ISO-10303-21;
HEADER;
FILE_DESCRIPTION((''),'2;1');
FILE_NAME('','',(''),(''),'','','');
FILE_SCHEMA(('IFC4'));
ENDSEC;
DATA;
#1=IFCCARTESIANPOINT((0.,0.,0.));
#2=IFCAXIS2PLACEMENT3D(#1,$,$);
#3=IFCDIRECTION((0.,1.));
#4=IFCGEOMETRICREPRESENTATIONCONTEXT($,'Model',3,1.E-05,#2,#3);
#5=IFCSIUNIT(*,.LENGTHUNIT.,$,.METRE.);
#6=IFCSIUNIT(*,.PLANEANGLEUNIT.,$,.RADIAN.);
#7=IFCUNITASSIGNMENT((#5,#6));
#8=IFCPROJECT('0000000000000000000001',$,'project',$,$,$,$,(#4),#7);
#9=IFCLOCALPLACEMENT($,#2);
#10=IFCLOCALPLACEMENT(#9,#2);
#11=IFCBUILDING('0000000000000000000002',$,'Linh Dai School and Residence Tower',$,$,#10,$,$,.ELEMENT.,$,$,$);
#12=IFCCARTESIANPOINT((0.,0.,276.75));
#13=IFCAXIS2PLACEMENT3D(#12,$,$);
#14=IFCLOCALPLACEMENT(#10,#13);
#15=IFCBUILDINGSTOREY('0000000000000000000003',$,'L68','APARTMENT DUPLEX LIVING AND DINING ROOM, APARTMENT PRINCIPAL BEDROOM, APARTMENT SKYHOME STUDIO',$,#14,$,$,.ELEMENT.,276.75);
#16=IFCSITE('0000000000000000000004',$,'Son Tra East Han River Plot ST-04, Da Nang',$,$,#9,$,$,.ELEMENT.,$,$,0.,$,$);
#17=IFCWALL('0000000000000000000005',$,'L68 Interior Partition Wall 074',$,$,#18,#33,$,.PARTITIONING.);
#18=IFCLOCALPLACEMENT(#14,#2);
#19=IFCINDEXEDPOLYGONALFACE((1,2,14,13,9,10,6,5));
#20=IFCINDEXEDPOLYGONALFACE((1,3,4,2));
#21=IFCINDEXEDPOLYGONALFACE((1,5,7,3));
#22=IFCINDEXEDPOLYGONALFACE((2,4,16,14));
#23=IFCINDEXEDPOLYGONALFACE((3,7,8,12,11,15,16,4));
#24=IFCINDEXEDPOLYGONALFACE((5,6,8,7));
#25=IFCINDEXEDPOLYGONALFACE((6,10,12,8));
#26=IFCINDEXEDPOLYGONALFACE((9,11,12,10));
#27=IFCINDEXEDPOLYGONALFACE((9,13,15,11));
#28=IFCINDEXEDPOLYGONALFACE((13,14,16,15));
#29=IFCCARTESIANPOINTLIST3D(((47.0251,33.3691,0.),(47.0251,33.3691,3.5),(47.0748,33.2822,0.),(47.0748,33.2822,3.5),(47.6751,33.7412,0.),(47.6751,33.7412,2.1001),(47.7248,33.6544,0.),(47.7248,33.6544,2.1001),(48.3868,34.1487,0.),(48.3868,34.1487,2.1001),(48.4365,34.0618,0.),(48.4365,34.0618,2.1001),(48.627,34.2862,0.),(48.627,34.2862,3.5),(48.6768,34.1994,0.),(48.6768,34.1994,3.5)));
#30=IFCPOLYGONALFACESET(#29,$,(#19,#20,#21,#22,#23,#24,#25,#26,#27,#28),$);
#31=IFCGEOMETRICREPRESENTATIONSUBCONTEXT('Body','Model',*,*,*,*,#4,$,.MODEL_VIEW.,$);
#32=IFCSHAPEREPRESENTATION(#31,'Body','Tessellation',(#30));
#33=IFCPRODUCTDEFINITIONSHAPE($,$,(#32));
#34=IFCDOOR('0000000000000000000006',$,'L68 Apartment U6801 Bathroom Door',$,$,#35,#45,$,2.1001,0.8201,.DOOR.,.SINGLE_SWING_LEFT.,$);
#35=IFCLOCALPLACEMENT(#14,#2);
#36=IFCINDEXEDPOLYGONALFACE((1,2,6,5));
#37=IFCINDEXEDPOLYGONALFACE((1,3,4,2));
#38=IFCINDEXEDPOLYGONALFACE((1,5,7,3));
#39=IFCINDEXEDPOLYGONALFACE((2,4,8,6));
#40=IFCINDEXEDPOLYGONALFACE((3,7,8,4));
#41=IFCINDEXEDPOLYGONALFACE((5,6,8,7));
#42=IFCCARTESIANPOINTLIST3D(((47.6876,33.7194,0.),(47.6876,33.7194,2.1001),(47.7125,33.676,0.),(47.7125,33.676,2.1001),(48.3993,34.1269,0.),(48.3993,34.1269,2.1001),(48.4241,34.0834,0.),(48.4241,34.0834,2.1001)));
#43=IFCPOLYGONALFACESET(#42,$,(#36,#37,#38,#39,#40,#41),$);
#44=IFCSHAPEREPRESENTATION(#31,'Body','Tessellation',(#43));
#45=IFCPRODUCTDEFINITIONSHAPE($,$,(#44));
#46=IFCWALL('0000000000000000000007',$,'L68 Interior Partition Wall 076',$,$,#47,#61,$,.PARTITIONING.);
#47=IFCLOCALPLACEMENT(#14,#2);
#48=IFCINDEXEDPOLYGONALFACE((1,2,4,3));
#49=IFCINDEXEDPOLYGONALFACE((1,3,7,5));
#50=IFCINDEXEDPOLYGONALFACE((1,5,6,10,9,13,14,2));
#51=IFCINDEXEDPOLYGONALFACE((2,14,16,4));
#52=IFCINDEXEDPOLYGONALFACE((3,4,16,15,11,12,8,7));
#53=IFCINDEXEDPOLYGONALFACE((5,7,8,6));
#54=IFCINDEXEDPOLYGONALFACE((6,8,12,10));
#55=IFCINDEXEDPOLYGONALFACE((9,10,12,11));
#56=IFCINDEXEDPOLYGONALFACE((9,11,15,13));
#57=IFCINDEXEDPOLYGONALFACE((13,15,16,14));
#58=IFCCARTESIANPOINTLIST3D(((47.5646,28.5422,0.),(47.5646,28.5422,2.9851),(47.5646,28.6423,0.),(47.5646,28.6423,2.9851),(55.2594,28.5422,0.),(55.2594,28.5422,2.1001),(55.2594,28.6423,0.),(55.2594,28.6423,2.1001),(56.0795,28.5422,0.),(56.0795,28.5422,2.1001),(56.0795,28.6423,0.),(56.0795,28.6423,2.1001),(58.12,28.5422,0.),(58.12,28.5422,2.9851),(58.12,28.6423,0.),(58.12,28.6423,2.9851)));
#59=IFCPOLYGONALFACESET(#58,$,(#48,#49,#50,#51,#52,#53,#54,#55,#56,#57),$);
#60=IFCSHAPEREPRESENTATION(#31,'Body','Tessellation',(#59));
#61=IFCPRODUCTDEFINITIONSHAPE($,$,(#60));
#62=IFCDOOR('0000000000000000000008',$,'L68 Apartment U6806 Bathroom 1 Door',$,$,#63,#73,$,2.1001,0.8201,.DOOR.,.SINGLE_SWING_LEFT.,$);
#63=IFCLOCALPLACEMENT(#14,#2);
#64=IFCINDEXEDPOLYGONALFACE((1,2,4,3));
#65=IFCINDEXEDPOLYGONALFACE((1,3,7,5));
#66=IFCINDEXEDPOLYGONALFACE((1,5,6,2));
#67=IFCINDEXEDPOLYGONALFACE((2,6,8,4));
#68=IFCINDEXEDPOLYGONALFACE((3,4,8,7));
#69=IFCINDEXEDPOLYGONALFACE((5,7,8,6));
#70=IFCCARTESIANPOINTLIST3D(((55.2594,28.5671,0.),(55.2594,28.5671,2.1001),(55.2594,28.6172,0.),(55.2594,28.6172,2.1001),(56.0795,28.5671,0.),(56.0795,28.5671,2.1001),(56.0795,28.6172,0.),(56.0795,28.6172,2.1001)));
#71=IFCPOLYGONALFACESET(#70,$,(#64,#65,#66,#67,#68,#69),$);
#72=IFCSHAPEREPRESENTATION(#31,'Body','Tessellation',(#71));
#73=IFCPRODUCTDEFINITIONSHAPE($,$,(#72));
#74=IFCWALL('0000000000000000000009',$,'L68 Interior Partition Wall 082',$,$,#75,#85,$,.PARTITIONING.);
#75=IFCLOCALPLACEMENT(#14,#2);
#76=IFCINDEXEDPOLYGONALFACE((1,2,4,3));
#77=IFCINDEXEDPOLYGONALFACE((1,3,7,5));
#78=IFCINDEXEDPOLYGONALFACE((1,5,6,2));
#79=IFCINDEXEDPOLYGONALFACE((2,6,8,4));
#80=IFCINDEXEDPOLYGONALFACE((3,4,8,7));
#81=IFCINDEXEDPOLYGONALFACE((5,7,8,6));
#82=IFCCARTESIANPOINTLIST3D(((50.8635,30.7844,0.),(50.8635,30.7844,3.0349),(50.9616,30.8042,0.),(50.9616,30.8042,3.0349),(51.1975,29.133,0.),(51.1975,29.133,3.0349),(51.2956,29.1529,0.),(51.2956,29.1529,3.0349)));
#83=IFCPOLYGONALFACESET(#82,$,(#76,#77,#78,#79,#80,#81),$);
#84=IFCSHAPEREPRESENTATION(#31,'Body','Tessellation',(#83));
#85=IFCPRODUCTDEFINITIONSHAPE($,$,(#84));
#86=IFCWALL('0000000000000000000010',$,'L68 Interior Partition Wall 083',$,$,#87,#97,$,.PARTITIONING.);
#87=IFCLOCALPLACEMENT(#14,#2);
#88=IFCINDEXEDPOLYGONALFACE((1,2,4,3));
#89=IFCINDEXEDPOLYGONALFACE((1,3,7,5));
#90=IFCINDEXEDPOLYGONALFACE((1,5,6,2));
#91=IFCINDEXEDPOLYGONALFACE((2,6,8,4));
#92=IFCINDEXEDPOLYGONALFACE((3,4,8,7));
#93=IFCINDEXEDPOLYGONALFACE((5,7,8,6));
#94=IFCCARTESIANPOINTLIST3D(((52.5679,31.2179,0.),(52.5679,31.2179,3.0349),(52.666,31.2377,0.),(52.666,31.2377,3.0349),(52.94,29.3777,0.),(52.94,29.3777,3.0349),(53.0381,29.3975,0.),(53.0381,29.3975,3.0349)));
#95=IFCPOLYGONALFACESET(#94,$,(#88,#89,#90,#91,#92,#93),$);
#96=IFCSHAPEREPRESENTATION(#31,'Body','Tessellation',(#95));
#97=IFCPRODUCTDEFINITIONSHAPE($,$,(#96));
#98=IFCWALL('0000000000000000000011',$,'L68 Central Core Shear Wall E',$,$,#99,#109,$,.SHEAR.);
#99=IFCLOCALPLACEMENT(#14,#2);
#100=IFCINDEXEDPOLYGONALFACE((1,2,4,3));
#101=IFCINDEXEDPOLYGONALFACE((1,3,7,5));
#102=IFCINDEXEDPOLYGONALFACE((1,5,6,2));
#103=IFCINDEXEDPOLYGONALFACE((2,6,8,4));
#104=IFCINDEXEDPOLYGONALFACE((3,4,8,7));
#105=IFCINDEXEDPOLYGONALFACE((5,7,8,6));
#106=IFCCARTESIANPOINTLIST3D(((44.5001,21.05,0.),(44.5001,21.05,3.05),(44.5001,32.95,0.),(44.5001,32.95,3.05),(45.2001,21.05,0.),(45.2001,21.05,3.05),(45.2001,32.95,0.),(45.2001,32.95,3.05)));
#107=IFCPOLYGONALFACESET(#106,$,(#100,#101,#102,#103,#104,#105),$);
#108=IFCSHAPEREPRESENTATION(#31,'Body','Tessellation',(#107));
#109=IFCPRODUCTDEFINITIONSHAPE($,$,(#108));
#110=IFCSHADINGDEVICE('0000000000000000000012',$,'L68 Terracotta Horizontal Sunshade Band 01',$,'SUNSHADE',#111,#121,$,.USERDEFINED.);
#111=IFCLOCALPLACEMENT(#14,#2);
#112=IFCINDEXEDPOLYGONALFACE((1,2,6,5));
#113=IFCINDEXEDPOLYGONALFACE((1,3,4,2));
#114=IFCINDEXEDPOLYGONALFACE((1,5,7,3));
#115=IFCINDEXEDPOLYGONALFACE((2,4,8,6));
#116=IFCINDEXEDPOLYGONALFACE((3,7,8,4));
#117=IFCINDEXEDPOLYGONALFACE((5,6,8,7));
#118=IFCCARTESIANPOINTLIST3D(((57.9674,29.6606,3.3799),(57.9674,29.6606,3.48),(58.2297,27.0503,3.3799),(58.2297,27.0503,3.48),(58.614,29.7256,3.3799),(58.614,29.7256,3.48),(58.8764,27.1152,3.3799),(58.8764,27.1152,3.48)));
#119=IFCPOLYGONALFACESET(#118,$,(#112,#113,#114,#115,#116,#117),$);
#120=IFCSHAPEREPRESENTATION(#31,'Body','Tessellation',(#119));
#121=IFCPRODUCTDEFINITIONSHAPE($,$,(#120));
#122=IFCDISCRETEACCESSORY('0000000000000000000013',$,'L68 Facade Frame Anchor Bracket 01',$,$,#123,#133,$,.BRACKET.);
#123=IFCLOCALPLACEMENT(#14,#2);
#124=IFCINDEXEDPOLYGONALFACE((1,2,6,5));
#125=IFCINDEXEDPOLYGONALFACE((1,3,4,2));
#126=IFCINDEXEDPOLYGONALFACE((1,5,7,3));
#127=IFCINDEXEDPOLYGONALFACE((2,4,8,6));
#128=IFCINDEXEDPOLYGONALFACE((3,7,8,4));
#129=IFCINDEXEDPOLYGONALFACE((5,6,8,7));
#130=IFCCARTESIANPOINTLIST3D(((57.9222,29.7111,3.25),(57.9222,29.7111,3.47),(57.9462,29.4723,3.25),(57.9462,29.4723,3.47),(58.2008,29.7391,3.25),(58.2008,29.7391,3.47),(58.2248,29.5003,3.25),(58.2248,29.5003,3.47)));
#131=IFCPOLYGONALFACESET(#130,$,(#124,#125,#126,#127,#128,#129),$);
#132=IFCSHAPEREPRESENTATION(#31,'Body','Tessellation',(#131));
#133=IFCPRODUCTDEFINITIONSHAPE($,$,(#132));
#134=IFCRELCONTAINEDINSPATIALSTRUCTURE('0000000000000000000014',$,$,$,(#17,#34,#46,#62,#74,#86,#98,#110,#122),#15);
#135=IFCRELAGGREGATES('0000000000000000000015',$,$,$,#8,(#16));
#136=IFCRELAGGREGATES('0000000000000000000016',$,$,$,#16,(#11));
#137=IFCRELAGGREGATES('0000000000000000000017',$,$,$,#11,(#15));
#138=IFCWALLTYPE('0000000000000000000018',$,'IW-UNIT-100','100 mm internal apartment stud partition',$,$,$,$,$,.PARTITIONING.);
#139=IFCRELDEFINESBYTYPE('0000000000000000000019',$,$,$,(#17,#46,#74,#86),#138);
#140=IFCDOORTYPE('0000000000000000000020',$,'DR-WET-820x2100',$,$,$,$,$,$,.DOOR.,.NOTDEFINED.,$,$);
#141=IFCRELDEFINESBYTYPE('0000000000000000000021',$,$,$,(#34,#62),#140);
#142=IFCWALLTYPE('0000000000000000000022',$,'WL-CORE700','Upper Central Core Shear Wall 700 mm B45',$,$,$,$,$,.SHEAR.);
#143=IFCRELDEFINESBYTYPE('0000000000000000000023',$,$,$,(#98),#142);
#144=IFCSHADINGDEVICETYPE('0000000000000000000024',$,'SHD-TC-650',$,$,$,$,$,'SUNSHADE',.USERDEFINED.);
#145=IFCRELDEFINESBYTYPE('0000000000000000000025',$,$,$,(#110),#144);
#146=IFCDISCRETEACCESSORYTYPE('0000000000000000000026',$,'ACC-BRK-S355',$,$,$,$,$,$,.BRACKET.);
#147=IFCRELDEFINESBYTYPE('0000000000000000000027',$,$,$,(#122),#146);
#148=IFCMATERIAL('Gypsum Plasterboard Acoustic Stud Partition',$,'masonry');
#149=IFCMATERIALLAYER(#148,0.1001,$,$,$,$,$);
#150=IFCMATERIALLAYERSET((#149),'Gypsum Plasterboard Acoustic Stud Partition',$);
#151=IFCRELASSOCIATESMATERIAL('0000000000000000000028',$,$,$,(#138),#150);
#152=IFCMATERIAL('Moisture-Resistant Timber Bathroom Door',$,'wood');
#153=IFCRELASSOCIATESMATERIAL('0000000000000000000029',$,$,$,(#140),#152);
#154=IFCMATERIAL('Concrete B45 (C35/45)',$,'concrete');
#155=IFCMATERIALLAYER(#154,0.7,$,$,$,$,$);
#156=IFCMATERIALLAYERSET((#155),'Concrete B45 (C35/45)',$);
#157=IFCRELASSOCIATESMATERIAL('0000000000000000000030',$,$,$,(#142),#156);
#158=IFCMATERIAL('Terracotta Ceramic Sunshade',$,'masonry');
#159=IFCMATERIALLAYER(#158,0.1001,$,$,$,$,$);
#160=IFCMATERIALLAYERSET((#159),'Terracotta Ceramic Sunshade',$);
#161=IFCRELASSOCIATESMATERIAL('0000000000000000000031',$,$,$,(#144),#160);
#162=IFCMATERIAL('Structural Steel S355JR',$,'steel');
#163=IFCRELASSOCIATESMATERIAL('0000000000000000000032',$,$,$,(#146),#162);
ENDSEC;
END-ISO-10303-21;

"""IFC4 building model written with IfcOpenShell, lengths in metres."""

from ifc_helpers import new_model, si_unit, direction, frame, frame_2d, origin, origin_2d, place, context, subcontext, project, spatial, rectangle, extrude, source, transform, mapped, material, layer, layer_set, type_object, element, fill, save


model = new_model("IFC4")

# Units and contexts
model_context = context("Model", 3, precision=1e-05, world=origin(), true_north=direction((0.0, 1.0)))
body_context = subcontext(model_context, "Body", "Model", "MODEL_VIEW")
ifc_project = project(units=[si_unit("LENGTHUNIT", "METRE"), si_unit("PLANEANGLEUNIT", "RADIAN")], contexts=[model_context])

# Site, building, storey
site_placement = place(None, origin())
site = spatial("IfcSite", under=ifc_project, at=site_placement, Name="Son Tra East Han River Plot ST-04, Da Nang", CompositionType="ELEMENT", RefElevation=0.0)
building_placement = place(site_placement, origin())
building = spatial("IfcBuilding", under=site, at=building_placement, Name="Linh Dai School and Residence Tower", CompositionType="ELEMENT")
storey_placement = place(building_placement, frame((0.0, 0.0, 276.75)))
storey = spatial("IfcBuildingStorey", under=building, at=storey_placement, Name="L68", Description="APARTMENT DUPLEX LIVING AND DINING ROOM, APARTMENT PRINCIPAL BEDROOM, APARTMENT SKYHOME STUDIO", CompositionType="ELEMENT", Elevation=276.75)

# Shared definitions
ifc_material_1 = material(Name="Concrete B45 (C35/45)", Category="concrete")
ifc_material_2 = material(Name="Structural Steel S355JR", Category="steel")

# Walls, openings, doors
ifc_material_3 = material(Name="Gypsum Plasterboard Acoustic Stud Partition", Category="masonry")
ifc_layer_1 = layer(ifc_material_3, 0.1001)
ifc_layer_set_1 = layer_set([ifc_layer_1], Name="Gypsum Plasterboard Acoustic Stud Partition")
wall_type_1 = type_object("IfcWallType", Name="IW-UNIT-100", Description="100 mm internal apartment stud partition", PredefinedType="PARTITIONING", material=ifc_layer_set_1)
wall_1_placement = place(storey_placement, frame((47.05, 33.3257, 0.0), z_axis=(0.0, 0.0, 1.0), x_axis=(0.867828, 0.496865, 0.0)))
wall_1 = element("IfcWall", 1, at=wall_1_placement, inside=storey, type_object=wall_type_1, Name="L68 Interior Partition Wall 074", PredefinedType="PARTITIONING", context=body_context, shape_type="SweptSolid", body=[
    extrude(rectangle(XDim=1.8459, YDim=0.1001, at=frame_2d((0.9229, 0.0))), origin(), (0.0, 0.0, 1.0), 3.5),
])
opening_1_placement = place(wall_1_placement, frame((0.7488, 0.0, 0.0)))
opening_1 = element("IfcOpeningElement", 2, at=opening_1_placement, cuts=wall_1, PredefinedType="OPENING", context=body_context, shape_type="SweptSolid", body=[
    extrude(rectangle(XDim=0.8201, YDim=2.1001, at=origin_2d()), frame((0.4102, 0.0601, 1.05), z_axis=(0.0, -1.0, 0.0), x_axis=(1.0, 0.0, 0.0)), (0.0, 0.0, 1.0), 0.1201),
])
ifc_material_4 = material(Name="Moisture-Resistant Timber Bathroom Door", Category="wood")
door_type = type_object("IfcDoorType", Name="DR-WET-820x2100", OperationType="NOTDEFINED", PredefinedType="DOOR", material=ifc_material_4)
shared_shape_1 = source(origin(), body_context, "Body", "SweptSolid", [
    extrude(rectangle(XDim=0.8201, YDim=2.1001, at=origin_2d()), frame((0.4102, 0.0249, 1.05), z_axis=(0.0, -1.0, 0.0), x_axis=(1.0, 0.0, 0.0)), (0.0, 0.0, 1.0), 0.05),
])
door_1_placement = place(opening_1_placement, origin())
door_1 = element("IfcDoor", 3, at=door_1_placement, inside=storey, type_object=door_type, Name="L68 Apartment U6801 Bathroom Door", OperationType="SINGLE_SWING_LEFT", OverallHeight=2.1001, OverallWidth=0.8201, PredefinedType="DOOR", context=body_context, shape_type="MappedRepresentation", body=[
    mapped(shared_shape_1, transform((0.0, 0.0, 0.0), x_axis=(1.0, 0.0, 0.0), y_axis=(0.0, 1.0, 0.0), z_axis=(0.0, 0.0, 1.0), scale=1.0)),
])
fill(opening_1, door_1)
wall_2_placement = place(storey_placement, frame((47.5645, 28.5923, 0.0), z_axis=(0.0, 0.0, 1.0), x_axis=(1.0, 0.0, 0.0)))
wall_2 = element("IfcWall", 4, at=wall_2_placement, inside=storey, type_object=wall_type_1, Name="L68 Interior Partition Wall 076", PredefinedType="PARTITIONING", context=body_context, shape_type="SweptSolid", body=[
    extrude(rectangle(XDim=10.5554, YDim=0.1001, at=frame_2d((5.2778, 0.0))), origin(), (0.0, 0.0, 1.0), 2.9851),
])
opening_2_placement = place(wall_2_placement, frame((7.6948, 0.0, 0.0)))
opening_2 = element("IfcOpeningElement", 5, at=opening_2_placement, cuts=wall_2, PredefinedType="OPENING", context=body_context, shape_type="SweptSolid", body=[
    extrude(rectangle(XDim=0.8201, YDim=2.1001, at=origin_2d()), frame((0.4102, 0.0601, 1.05), z_axis=(0.0, -1.0, 0.0), x_axis=(1.0, 0.0, 0.0)), (0.0, 0.0, 1.0), 0.1201),
])
door_2_placement = place(opening_2_placement, origin())
door_2 = element("IfcDoor", 6, at=door_2_placement, inside=storey, type_object=door_type, Name="L68 Apartment U6806 Bathroom 1 Door", OperationType="SINGLE_SWING_LEFT", OverallHeight=2.1001, OverallWidth=0.8201, PredefinedType="DOOR", context=body_context, shape_type="MappedRepresentation", body=[
    mapped(shared_shape_1, transform((0.0, 0.0, 0.0), x_axis=(1.0, 0.0, 0.0), y_axis=(0.0, 1.0, 0.0), z_axis=(0.0, 0.0, 1.0), scale=1.0)),
])
fill(opening_2, door_2)

# Walls
wall_3_placement = place(storey_placement, frame((50.9126, 30.7942, 0.0), z_axis=(0.0, 0.0, 1.0), x_axis=(0.198234, -0.980155, 0.0)))
element("IfcWall", 7, at=wall_3_placement, inside=storey, type_object=wall_type_1, Name="L68 Interior Partition Wall 082", PredefinedType="PARTITIONING", context=body_context, shape_type="SweptSolid", body=[
    extrude(rectangle(XDim=1.6848, YDim=0.1001, at=frame_2d((0.8423, 0.0))), origin(), (0.0, 0.0, 1.0), 3.0349),
])
wall_4_placement = place(storey_placement, frame((52.6169, 31.2278, 0.0), z_axis=(0.0, 0.0, 1.0), x_axis=(0.198191, -0.980163, 0.0)))
element("IfcWall", 8, at=wall_4_placement, inside=storey, type_object=wall_type_1, Name="L68 Interior Partition Wall 083", PredefinedType="PARTITIONING", context=body_context, shape_type="SweptSolid", body=[
    extrude(rectangle(XDim=1.8774, YDim=0.1001, at=frame_2d((0.9387, 0.0))), origin(), (0.0, 0.0, 1.0), 3.0349),
])
ifc_layer_2 = layer(ifc_material_1, 0.7)
ifc_layer_set_2 = layer_set([ifc_layer_2], Name="Concrete B45 (C35/45)")
wall_type_2 = type_object("IfcWallType", Name="WL-CORE700", Description="Upper Central Core Shear Wall 700 mm B45", PredefinedType="SHEAR", material=ifc_layer_set_2)
wall_5_placement = place(storey_placement, frame((44.8501, 32.95, 0.0), z_axis=(0.0, 0.0, 1.0), x_axis=(0.0, -1.0, 0.0)))
element("IfcWall", 9, at=wall_5_placement, inside=storey, type_object=wall_type_2, Name="L68 Central Core Shear Wall E", PredefinedType="SHEAR", context=body_context, shape_type="SweptSolid", body=[
    extrude(rectangle(XDim=11.8999, YDim=0.7, at=frame_2d((5.95, 0.0))), origin(), (0.0, 0.0, 1.0), 3.05),
])

# Shading device
ifc_material_5 = material(Name="Terracotta Ceramic Sunshade", Category="masonry")
ifc_layer_3 = layer(ifc_material_5, 0.1001)
ifc_layer_set_3 = layer_set([ifc_layer_3], Name="Terracotta Ceramic Sunshade")
shading_device_type = type_object("IfcShadingDeviceType", Name="SHD-TC-650", ElementType="SUNSHADE", PredefinedType="USERDEFINED", material=ifc_layer_set_3)
shared_shape_2 = source(origin(), body_context, "Body", "SweptSolid", [
    extrude(rectangle(XDim=2.6235, YDim=0.6499, at=origin_2d()), origin(), (0.0, 0.0, 1.0), 0.1001),
])
shading_device_placement = place(storey_placement, frame((58.4219, 28.3879, 3.3799), z_axis=(0.0, 0.0, 1.0), x_axis=(0.100008, -0.994987, 0.0)))
element("IfcShadingDevice", 10, at=shading_device_placement, inside=storey, type_object=shading_device_type, Name="L68 Terracotta Horizontal Sunshade Band 01", ObjectType="SUNSHADE", PredefinedType="USERDEFINED", context=body_context, shape_type="MappedRepresentation", body=[
    mapped(shared_shape_2, transform((0.0, 0.0, 0.0), x_axis=(1.0, 0.0, 0.0), y_axis=(0.0, 1.0, 0.0), z_axis=(0.0, 0.0, 1.0), scale=1.0)),
])

# Discrete accessory
discrete_accessory_type = type_object("IfcDiscreteAccessoryType", Name="ACC-BRK-S355", PredefinedType="BRACKET", material=ifc_material_2)
shared_shape_3 = source(origin(), body_context, "Body", "SweptSolid", [
    extrude(rectangle(XDim=0.28, YDim=0.24, at=origin_2d()), origin(), (0.0, 0.0, 1.0), 0.22),
])
discrete_accessory_placement = place(storey_placement, frame((58.0735, 29.6057, 3.25), z_axis=(0.0, 0.0, 1.0), x_axis=(0.994987, 0.100008, 0.0)))
element("IfcDiscreteAccessory", 11, at=discrete_accessory_placement, inside=storey, type_object=discrete_accessory_type, Name="L68 Facade Frame Anchor Bracket 01", PredefinedType="BRACKET", context=body_context, shape_type="MappedRepresentation", body=[
    mapped(shared_shape_3, transform((0.0, 0.0, 0.0), x_axis=(1.0, 0.0, 0.0), y_axis=(0.0, 1.0, 0.0), z_axis=(0.0, 0.0, 1.0), scale=1.0)),
])

save(model, "model.ifc")
